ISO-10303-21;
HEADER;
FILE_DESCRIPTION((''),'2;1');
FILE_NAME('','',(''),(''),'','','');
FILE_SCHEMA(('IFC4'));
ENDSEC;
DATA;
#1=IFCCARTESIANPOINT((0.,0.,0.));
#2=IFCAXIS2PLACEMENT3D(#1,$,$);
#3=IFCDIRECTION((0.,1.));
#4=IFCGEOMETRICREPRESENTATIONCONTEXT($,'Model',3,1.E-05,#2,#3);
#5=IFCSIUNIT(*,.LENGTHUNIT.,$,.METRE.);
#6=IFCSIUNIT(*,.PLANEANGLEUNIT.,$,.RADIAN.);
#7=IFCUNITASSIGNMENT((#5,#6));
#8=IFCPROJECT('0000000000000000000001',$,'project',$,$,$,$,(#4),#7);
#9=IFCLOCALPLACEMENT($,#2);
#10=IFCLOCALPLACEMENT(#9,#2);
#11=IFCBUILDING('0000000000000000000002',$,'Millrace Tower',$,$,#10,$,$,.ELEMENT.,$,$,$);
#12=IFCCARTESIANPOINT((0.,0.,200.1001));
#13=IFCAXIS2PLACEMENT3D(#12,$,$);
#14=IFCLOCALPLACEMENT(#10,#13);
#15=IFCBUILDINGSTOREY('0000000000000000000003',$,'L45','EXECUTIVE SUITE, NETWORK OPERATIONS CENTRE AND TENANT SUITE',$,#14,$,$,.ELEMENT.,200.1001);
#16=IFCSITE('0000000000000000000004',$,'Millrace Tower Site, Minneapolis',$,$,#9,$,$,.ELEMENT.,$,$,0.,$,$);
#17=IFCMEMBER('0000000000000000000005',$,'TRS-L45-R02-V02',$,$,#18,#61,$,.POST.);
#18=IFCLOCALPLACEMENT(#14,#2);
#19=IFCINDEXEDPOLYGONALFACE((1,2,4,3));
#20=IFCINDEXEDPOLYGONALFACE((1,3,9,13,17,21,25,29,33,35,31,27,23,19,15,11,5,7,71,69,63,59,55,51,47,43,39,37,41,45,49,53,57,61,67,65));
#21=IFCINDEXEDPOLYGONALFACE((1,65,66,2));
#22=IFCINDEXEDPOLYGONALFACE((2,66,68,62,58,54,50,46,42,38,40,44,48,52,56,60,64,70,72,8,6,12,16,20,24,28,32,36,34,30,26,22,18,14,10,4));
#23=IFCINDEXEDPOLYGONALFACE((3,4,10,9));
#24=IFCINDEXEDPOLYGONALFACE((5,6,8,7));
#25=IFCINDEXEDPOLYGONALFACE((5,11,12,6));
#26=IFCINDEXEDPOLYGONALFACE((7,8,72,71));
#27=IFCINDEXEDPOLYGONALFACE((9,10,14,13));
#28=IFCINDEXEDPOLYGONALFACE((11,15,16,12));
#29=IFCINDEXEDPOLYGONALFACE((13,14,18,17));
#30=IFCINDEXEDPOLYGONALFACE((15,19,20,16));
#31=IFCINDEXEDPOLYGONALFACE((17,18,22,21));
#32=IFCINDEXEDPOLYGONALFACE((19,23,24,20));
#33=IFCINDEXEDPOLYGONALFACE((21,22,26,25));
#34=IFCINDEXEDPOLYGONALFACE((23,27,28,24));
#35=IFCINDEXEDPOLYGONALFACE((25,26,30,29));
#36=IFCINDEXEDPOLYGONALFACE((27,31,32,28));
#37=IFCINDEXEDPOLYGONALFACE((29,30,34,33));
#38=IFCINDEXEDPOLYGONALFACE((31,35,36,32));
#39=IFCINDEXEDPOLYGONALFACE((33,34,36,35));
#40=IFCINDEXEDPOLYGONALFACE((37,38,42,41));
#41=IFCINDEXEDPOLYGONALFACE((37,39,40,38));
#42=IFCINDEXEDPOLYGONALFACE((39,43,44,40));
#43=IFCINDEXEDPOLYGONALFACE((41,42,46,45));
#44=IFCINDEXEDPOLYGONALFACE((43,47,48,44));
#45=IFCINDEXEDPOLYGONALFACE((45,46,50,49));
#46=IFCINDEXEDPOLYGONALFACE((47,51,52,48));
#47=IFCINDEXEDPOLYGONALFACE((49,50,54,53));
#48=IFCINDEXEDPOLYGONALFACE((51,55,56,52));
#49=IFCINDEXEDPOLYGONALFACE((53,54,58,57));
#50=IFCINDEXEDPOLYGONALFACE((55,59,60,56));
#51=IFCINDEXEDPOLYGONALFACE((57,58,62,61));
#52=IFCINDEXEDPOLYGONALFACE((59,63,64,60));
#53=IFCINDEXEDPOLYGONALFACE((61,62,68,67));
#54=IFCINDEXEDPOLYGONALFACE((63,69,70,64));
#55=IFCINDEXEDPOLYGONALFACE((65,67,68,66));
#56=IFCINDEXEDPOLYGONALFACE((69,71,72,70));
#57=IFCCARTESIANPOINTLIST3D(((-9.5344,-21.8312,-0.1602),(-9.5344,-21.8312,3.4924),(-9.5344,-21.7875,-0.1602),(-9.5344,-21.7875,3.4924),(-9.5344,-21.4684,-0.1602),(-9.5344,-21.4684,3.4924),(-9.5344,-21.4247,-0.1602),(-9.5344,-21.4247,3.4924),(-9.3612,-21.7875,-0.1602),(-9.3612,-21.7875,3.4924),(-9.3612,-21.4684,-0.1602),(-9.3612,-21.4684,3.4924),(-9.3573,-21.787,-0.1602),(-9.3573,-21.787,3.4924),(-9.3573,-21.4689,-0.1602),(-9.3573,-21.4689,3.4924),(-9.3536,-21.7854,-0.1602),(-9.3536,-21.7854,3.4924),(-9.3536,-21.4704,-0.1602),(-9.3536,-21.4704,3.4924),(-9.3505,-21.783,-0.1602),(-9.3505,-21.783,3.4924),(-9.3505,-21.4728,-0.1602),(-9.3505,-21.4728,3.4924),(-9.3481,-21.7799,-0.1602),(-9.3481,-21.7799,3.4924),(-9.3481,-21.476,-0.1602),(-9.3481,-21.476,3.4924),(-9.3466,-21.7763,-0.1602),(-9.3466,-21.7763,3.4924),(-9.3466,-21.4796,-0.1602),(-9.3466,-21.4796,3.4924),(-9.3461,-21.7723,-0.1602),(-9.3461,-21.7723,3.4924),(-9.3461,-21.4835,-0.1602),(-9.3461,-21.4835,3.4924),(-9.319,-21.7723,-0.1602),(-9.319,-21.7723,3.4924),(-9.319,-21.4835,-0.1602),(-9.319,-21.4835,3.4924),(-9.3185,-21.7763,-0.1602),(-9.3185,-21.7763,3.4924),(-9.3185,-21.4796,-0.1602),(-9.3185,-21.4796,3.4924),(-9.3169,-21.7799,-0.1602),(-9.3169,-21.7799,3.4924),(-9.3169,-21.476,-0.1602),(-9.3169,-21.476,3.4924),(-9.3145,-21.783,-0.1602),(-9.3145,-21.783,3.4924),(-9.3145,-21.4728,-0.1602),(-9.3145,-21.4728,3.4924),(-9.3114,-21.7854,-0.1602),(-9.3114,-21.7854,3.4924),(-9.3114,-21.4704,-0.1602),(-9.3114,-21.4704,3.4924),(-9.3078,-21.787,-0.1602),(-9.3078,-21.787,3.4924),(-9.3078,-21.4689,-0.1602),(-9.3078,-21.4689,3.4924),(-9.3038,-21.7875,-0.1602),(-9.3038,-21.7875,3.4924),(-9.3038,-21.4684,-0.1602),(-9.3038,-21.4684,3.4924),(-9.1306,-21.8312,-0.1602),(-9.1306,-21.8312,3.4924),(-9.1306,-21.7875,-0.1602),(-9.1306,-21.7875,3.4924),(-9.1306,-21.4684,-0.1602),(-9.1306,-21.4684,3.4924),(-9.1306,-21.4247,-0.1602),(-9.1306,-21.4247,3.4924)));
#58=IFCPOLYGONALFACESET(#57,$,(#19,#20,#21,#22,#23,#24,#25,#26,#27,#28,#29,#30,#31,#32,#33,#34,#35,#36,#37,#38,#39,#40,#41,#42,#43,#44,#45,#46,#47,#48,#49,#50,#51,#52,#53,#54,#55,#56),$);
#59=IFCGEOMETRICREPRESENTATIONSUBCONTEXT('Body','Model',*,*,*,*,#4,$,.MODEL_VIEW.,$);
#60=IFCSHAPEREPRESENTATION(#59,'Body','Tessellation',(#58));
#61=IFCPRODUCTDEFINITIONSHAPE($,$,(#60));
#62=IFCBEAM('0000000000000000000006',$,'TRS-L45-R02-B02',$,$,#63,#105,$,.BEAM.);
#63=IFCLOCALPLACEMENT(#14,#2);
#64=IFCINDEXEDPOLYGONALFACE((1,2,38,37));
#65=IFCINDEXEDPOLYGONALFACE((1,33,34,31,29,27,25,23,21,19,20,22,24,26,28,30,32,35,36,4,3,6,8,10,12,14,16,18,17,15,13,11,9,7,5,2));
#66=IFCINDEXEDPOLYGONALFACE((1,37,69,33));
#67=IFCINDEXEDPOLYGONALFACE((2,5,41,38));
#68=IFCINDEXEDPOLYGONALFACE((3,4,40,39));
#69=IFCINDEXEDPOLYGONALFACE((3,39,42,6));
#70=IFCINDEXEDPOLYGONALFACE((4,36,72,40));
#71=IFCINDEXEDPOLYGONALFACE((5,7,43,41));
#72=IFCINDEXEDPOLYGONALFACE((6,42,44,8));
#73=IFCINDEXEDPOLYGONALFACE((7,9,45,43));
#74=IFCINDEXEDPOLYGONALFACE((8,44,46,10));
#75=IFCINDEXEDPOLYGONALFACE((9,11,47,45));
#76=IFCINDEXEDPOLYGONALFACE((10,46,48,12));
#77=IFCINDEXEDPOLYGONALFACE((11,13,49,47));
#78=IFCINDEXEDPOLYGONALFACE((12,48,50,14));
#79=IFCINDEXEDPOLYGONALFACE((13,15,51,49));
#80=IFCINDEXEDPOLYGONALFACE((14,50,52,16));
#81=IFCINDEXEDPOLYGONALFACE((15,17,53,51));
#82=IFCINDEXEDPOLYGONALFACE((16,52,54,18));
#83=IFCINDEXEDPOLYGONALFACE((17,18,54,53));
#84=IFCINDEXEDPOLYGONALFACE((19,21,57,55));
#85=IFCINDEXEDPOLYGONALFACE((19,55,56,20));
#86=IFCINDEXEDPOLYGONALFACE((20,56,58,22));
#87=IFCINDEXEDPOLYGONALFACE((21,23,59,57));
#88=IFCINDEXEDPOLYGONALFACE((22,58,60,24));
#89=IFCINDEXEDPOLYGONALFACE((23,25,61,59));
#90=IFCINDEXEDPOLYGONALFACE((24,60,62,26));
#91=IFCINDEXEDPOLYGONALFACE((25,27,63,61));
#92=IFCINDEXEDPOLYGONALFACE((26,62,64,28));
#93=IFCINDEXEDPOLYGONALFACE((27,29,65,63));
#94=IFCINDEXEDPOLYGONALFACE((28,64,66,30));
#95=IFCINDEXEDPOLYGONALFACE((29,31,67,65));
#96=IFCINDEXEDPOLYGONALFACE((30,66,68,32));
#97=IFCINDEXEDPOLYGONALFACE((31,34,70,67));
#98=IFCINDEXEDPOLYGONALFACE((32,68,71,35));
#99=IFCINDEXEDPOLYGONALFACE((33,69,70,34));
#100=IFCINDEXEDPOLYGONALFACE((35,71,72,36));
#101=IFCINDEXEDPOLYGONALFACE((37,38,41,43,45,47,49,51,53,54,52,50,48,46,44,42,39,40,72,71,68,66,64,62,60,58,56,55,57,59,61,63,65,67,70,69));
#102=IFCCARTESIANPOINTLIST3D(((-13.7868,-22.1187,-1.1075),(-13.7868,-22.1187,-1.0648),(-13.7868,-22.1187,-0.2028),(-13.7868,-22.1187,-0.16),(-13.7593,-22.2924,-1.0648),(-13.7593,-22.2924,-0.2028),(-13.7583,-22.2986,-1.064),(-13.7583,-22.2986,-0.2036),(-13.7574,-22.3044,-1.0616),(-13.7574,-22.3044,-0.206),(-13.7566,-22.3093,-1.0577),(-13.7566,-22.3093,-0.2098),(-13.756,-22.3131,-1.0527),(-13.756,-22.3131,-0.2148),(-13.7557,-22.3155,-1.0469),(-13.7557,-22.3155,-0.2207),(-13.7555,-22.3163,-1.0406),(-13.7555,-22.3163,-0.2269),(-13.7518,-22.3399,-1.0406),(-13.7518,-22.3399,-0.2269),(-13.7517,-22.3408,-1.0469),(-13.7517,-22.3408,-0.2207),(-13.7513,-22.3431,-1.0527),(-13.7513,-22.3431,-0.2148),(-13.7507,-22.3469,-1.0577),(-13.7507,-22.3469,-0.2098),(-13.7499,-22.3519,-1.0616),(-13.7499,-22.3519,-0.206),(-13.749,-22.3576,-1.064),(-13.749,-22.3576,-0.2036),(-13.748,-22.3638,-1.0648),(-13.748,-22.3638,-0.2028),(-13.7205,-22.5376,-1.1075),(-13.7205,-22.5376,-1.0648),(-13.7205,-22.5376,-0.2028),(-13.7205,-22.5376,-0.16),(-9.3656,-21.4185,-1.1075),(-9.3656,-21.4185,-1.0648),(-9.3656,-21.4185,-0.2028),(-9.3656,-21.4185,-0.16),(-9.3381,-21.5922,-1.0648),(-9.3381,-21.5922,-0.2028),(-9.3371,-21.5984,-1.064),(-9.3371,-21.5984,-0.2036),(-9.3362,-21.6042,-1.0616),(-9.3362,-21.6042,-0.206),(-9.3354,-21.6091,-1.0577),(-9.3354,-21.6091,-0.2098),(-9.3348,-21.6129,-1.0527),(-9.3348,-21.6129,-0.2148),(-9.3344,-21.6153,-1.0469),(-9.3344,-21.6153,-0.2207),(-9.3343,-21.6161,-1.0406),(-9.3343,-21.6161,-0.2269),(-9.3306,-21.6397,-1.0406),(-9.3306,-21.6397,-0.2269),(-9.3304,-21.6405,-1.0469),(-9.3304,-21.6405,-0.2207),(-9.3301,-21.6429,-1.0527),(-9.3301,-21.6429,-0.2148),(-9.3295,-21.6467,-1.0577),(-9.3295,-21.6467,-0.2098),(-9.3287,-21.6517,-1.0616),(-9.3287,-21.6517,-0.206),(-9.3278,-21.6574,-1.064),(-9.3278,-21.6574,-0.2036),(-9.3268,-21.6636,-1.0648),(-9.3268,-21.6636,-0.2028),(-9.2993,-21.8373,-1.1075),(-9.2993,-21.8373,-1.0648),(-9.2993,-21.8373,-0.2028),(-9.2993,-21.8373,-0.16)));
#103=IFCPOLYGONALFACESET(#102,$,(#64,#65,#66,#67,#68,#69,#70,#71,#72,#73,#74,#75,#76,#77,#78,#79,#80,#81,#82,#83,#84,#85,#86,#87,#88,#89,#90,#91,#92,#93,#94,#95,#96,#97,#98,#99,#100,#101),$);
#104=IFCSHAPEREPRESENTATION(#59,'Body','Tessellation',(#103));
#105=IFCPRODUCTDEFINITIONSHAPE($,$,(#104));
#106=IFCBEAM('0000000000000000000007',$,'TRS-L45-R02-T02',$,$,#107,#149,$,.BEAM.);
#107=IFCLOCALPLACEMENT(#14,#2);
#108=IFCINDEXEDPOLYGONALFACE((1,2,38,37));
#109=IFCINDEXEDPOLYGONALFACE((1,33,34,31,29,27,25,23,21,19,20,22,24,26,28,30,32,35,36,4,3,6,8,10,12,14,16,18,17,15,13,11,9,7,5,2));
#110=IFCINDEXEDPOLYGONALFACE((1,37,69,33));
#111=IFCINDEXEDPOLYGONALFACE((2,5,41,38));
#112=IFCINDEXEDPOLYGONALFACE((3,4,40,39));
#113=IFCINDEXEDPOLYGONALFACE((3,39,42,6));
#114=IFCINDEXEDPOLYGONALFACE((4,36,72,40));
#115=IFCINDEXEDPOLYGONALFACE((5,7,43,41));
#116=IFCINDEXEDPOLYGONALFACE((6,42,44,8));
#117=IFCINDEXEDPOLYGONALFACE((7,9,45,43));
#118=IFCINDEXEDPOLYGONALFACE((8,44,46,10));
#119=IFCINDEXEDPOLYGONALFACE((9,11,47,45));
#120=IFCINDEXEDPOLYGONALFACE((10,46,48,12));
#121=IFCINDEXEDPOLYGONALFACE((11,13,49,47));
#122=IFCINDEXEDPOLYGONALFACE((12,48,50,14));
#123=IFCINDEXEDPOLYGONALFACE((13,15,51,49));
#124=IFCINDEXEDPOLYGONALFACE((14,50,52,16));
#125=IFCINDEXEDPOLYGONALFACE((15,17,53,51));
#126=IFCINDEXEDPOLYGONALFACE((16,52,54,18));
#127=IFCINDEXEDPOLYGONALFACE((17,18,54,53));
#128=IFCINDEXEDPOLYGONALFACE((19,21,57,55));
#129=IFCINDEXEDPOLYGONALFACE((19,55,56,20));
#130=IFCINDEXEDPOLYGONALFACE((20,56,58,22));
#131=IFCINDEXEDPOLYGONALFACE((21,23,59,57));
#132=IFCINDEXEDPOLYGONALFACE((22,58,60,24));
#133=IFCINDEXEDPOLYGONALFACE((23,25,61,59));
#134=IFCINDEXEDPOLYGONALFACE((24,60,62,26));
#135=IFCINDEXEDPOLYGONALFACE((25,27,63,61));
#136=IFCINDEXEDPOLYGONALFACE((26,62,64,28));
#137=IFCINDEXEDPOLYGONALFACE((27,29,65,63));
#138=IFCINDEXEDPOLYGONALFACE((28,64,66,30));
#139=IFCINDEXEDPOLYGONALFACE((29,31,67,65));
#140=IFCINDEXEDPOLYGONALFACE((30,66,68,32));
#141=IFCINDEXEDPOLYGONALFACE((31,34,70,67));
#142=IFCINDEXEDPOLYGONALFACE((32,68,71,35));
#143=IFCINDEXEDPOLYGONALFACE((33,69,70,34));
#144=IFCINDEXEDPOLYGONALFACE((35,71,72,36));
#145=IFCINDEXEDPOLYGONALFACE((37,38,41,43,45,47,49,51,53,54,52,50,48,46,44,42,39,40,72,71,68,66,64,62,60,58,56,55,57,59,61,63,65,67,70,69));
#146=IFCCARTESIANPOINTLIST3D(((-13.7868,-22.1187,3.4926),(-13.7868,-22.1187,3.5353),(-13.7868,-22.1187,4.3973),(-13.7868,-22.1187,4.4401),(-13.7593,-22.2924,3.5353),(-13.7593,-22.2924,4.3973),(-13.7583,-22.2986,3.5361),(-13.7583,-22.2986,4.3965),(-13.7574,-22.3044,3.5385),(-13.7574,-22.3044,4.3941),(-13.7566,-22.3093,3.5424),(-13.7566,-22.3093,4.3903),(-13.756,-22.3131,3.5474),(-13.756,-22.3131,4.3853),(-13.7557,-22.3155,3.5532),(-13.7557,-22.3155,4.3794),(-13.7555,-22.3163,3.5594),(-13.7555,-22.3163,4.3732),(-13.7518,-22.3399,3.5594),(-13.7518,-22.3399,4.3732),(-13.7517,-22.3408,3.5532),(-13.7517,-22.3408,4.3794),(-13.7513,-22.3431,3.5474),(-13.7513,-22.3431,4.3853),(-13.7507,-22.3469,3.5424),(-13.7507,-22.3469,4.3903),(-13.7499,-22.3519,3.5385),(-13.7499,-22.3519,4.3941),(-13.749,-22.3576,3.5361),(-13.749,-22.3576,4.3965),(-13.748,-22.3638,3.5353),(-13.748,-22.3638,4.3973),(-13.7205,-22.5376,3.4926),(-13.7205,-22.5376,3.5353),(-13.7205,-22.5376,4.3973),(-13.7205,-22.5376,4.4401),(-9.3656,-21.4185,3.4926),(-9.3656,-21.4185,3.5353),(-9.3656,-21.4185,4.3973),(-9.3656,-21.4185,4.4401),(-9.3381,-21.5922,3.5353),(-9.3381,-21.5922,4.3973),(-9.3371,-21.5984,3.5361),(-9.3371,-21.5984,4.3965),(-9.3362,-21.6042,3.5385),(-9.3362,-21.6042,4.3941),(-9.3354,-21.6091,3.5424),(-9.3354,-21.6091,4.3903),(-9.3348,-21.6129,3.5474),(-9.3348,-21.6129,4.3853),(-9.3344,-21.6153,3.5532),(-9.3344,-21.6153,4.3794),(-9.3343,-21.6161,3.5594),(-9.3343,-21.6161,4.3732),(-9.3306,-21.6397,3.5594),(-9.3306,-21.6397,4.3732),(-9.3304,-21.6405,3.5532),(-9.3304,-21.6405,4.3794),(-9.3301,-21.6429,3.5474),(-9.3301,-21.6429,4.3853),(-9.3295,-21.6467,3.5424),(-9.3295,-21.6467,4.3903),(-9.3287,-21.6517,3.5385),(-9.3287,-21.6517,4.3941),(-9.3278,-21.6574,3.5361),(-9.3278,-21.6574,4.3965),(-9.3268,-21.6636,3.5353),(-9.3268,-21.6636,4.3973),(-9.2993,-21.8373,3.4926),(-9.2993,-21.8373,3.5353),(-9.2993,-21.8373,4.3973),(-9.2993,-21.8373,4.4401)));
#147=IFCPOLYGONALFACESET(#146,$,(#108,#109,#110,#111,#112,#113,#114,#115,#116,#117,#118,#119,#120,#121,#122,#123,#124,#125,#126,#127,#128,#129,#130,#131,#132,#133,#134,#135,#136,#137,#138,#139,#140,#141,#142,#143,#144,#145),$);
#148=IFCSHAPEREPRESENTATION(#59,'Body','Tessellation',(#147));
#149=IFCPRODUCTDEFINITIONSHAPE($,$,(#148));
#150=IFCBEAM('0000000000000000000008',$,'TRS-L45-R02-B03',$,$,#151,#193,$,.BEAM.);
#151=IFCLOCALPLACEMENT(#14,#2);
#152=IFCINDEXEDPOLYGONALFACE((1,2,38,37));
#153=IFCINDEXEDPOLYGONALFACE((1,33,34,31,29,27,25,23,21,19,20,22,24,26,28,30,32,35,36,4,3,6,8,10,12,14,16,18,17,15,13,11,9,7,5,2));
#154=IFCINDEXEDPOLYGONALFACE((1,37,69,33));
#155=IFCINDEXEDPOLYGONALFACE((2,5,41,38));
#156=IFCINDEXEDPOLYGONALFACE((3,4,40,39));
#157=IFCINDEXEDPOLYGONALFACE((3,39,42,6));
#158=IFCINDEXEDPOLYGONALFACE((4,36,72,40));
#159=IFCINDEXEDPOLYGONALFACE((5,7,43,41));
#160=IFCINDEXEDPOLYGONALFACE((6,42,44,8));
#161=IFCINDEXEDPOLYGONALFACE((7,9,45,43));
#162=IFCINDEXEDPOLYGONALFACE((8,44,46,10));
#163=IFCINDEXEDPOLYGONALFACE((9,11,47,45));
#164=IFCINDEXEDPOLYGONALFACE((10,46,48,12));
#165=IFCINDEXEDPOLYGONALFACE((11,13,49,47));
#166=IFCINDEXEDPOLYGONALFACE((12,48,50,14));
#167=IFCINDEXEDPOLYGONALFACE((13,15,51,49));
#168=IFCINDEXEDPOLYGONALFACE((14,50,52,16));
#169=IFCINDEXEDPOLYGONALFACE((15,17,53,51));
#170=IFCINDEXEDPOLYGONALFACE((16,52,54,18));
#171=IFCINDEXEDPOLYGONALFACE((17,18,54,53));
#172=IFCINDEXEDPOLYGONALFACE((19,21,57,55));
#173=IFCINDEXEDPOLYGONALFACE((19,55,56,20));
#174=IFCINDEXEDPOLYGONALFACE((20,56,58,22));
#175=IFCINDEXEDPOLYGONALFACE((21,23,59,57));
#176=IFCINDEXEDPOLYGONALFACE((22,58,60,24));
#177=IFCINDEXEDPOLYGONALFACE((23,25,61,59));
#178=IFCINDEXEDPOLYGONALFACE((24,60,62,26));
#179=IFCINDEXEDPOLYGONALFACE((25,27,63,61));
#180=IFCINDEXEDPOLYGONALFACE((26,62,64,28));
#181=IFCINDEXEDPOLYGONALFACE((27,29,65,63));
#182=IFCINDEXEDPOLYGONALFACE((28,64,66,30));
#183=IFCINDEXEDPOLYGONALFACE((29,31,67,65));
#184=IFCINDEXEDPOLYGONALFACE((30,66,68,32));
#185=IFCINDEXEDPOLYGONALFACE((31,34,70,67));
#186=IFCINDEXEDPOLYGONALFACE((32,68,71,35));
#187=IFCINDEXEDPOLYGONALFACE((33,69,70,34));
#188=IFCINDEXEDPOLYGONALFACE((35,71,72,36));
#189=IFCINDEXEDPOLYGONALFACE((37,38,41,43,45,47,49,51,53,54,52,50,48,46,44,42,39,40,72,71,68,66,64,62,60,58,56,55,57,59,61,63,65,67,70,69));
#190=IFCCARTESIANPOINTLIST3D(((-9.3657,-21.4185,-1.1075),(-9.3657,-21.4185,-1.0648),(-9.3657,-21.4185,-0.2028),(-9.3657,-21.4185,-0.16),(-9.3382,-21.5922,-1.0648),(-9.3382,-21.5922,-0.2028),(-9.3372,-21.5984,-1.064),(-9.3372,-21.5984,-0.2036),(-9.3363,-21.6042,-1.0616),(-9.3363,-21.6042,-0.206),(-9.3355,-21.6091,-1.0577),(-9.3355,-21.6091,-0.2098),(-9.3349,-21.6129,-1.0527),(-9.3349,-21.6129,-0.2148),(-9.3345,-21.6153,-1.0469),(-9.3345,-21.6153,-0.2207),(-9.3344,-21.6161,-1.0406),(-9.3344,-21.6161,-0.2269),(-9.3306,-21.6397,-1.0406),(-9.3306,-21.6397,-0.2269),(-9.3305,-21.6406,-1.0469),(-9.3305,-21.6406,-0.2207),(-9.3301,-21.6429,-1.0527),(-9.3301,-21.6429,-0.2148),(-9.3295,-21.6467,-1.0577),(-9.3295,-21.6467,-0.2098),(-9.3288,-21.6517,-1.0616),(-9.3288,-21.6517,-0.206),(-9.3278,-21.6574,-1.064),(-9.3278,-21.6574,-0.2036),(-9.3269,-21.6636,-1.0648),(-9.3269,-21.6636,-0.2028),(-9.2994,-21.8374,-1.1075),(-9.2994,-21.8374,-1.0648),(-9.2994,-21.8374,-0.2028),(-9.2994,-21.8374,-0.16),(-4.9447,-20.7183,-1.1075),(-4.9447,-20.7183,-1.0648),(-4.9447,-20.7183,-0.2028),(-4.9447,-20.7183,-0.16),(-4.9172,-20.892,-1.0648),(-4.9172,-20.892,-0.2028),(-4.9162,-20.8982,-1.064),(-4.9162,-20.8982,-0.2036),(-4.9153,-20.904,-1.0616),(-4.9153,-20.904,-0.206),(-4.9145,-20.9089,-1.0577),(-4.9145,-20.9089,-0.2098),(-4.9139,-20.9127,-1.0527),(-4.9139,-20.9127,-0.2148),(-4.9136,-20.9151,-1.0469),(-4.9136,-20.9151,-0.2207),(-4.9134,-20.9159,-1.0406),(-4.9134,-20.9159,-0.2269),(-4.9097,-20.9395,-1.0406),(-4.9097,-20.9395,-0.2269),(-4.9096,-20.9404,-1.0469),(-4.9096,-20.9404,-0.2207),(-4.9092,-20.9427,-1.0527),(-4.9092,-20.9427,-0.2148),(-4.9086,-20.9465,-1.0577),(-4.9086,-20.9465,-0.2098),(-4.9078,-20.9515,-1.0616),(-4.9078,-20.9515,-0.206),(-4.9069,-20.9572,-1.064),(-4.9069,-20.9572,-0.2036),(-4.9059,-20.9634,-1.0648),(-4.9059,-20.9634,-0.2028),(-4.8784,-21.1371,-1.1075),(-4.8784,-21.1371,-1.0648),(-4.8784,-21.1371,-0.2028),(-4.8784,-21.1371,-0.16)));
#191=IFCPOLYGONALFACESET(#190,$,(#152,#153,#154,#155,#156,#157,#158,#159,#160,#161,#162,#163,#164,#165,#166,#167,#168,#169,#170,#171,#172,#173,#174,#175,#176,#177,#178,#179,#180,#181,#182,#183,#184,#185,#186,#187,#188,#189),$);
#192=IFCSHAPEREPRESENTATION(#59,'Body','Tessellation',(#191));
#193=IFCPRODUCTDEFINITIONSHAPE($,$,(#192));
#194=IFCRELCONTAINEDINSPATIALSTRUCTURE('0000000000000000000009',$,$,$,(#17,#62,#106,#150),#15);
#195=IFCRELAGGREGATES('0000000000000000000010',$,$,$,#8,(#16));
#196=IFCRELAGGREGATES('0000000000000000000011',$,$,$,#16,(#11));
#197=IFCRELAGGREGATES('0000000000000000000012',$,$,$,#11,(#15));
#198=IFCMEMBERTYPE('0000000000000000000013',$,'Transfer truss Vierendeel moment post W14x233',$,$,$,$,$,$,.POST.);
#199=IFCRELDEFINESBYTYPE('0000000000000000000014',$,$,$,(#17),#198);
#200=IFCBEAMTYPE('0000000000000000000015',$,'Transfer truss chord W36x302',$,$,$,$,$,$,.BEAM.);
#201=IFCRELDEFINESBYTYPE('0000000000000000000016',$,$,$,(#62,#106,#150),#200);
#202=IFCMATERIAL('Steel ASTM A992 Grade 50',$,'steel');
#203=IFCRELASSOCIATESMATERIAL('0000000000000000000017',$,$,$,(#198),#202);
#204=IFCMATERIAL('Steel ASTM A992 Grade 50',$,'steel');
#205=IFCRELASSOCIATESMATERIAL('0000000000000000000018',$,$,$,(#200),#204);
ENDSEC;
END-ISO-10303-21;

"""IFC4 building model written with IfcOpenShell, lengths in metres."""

from ifc_helpers import new_model, si_unit, direction, frame, origin, origin_2d, place, context, subcontext, project, spatial, i_section, extrude, material, material_profile, profile_set, type_object, element, save


model = new_model("IFC4")

# Units and contexts
model_context = context("Model", 3, precision=1e-05, world=origin(), true_north=direction((0.0, 1.0)))
body_context = subcontext(model_context, "Body", "Model", "MODEL_VIEW")
ifc_project = project(units=[si_unit("LENGTHUNIT", "METRE"), si_unit("PLANEANGLEUNIT", "RADIAN")], contexts=[model_context])

# Site, building, storey
site_placement = place(None, origin())
site = spatial("IfcSite", under=ifc_project, at=site_placement, Name="Millrace Tower Site, Minneapolis", CompositionType="ELEMENT", RefElevation=0.0)
building_placement = place(site_placement, origin())
building = spatial("IfcBuilding", under=site, at=building_placement, Name="Millrace Tower", CompositionType="ELEMENT")
storey_placement = place(building_placement, frame((0.0, 0.0, 200.1001)))
storey = spatial("IfcBuildingStorey", under=building, at=storey_placement, Name="L45", Description="EXECUTIVE SUITE, NETWORK OPERATIONS CENTRE AND TENANT SUITE", CompositionType="ELEMENT", Elevation=200.1001)

# Member
ifc_material_1 = material(Name="Steel ASTM A992 Grade 50", Category="steel")
ifc_material_profile_1 = material_profile(ifc_material_1, i_section(OverallWidth=0.4038, OverallDepth=0.4065, WebThickness=0.0271, FlangeThickness=0.0437, FilletRadius=0.0151, at=origin_2d()))
ifc_profile_set_1 = profile_set([ifc_material_profile_1], Name="Steel ASTM A992 Grade 50")
member_type_1 = type_object("IfcMemberType", Name="Transfer truss Vierendeel moment post W14x233", PredefinedType="POST", material=ifc_profile_set_1)
member_1_placement = place(storey_placement, frame((-9.3325, -21.6279, -0.1602), z_axis=(0.0, 0.0, 1.0), x_axis=(1.0, 0.0, 0.0)))
element("IfcMember", 1, at=member_1_placement, inside=storey, type_object=member_type_1, Name="TRS-L45-R02-V02", PredefinedType="POST", context=body_context, shape_type="SweptSolid", body=[
    extrude(i_section(OverallWidth=0.4038, OverallDepth=0.4065, WebThickness=0.0271, FlangeThickness=0.0437, FilletRadius=0.0151, at=origin_2d()), origin(), (0.0, 0.0, 1.0), 3.6526),
])

# Beams
ifc_material_2 = material(Name="Steel ASTM A992 Grade 50", Category="steel")
ifc_material_profile_2 = material_profile(ifc_material_2, i_section(OverallWidth=0.4241, OverallDepth=0.9475, WebThickness=0.0239, FlangeThickness=0.0427, FilletRadius=0.0242, at=origin_2d()))
ifc_profile_set_2 = profile_set([ifc_material_profile_2], Name="Steel ASTM A992 Grade 50")
beam_type_1 = type_object("IfcBeamType", Name="Transfer truss chord W36x302", PredefinedType="BEAM", material=ifc_profile_set_2)
for number, where, z_axis, x_axis, name in (
    (2, (-13.7537, -22.3281, -0.6338), (0.98769, 0.156425, 0.0), (-0.156425, 0.98769, 0.0), "TRS-L45-R02-B02"),
    (3, (-13.7537, -22.3281, 3.9663), (0.98769, 0.156425, 0.0), (-0.156425, 0.98769, 0.0), "TRS-L45-R02-T02"),
):
    element("IfcBeam", number, at=place(storey_placement, frame(where, z_axis=z_axis, x_axis=x_axis)), inside=storey, type_object=beam_type_1, Name=name, PredefinedType="BEAM", context=body_context, shape_type="SweptSolid", body=[
        extrude(i_section(OverallWidth=0.4241, OverallDepth=0.9475, WebThickness=0.0239, FlangeThickness=0.0427, FilletRadius=0.0242, at=origin_2d()), origin(), (0.0, 0.0, 1.0), 4.4763),
    ])
for number, where, z_axis, x_axis, name in (
    (4, (-9.3325, -21.6279, -0.6338), (0.987689, 0.156433, 0.0), (-0.156433, 0.987689, 0.0), "TRS-L45-R02-B03"),
):
    element("IfcBeam", number, at=place(storey_placement, frame(where, z_axis=z_axis, x_axis=x_axis)), inside=storey, type_object=beam_type_1, Name=name, PredefinedType="BEAM", context=body_context, shape_type="SweptSolid", body=[
        extrude(i_section(OverallWidth=0.4241, OverallDepth=0.9475, WebThickness=0.0239, FlangeThickness=0.0427, FilletRadius=0.0242, at=origin_2d()), origin(), (0.0, 0.0, 1.0), 4.4761),
    ])

save(model, "model.ifc")
